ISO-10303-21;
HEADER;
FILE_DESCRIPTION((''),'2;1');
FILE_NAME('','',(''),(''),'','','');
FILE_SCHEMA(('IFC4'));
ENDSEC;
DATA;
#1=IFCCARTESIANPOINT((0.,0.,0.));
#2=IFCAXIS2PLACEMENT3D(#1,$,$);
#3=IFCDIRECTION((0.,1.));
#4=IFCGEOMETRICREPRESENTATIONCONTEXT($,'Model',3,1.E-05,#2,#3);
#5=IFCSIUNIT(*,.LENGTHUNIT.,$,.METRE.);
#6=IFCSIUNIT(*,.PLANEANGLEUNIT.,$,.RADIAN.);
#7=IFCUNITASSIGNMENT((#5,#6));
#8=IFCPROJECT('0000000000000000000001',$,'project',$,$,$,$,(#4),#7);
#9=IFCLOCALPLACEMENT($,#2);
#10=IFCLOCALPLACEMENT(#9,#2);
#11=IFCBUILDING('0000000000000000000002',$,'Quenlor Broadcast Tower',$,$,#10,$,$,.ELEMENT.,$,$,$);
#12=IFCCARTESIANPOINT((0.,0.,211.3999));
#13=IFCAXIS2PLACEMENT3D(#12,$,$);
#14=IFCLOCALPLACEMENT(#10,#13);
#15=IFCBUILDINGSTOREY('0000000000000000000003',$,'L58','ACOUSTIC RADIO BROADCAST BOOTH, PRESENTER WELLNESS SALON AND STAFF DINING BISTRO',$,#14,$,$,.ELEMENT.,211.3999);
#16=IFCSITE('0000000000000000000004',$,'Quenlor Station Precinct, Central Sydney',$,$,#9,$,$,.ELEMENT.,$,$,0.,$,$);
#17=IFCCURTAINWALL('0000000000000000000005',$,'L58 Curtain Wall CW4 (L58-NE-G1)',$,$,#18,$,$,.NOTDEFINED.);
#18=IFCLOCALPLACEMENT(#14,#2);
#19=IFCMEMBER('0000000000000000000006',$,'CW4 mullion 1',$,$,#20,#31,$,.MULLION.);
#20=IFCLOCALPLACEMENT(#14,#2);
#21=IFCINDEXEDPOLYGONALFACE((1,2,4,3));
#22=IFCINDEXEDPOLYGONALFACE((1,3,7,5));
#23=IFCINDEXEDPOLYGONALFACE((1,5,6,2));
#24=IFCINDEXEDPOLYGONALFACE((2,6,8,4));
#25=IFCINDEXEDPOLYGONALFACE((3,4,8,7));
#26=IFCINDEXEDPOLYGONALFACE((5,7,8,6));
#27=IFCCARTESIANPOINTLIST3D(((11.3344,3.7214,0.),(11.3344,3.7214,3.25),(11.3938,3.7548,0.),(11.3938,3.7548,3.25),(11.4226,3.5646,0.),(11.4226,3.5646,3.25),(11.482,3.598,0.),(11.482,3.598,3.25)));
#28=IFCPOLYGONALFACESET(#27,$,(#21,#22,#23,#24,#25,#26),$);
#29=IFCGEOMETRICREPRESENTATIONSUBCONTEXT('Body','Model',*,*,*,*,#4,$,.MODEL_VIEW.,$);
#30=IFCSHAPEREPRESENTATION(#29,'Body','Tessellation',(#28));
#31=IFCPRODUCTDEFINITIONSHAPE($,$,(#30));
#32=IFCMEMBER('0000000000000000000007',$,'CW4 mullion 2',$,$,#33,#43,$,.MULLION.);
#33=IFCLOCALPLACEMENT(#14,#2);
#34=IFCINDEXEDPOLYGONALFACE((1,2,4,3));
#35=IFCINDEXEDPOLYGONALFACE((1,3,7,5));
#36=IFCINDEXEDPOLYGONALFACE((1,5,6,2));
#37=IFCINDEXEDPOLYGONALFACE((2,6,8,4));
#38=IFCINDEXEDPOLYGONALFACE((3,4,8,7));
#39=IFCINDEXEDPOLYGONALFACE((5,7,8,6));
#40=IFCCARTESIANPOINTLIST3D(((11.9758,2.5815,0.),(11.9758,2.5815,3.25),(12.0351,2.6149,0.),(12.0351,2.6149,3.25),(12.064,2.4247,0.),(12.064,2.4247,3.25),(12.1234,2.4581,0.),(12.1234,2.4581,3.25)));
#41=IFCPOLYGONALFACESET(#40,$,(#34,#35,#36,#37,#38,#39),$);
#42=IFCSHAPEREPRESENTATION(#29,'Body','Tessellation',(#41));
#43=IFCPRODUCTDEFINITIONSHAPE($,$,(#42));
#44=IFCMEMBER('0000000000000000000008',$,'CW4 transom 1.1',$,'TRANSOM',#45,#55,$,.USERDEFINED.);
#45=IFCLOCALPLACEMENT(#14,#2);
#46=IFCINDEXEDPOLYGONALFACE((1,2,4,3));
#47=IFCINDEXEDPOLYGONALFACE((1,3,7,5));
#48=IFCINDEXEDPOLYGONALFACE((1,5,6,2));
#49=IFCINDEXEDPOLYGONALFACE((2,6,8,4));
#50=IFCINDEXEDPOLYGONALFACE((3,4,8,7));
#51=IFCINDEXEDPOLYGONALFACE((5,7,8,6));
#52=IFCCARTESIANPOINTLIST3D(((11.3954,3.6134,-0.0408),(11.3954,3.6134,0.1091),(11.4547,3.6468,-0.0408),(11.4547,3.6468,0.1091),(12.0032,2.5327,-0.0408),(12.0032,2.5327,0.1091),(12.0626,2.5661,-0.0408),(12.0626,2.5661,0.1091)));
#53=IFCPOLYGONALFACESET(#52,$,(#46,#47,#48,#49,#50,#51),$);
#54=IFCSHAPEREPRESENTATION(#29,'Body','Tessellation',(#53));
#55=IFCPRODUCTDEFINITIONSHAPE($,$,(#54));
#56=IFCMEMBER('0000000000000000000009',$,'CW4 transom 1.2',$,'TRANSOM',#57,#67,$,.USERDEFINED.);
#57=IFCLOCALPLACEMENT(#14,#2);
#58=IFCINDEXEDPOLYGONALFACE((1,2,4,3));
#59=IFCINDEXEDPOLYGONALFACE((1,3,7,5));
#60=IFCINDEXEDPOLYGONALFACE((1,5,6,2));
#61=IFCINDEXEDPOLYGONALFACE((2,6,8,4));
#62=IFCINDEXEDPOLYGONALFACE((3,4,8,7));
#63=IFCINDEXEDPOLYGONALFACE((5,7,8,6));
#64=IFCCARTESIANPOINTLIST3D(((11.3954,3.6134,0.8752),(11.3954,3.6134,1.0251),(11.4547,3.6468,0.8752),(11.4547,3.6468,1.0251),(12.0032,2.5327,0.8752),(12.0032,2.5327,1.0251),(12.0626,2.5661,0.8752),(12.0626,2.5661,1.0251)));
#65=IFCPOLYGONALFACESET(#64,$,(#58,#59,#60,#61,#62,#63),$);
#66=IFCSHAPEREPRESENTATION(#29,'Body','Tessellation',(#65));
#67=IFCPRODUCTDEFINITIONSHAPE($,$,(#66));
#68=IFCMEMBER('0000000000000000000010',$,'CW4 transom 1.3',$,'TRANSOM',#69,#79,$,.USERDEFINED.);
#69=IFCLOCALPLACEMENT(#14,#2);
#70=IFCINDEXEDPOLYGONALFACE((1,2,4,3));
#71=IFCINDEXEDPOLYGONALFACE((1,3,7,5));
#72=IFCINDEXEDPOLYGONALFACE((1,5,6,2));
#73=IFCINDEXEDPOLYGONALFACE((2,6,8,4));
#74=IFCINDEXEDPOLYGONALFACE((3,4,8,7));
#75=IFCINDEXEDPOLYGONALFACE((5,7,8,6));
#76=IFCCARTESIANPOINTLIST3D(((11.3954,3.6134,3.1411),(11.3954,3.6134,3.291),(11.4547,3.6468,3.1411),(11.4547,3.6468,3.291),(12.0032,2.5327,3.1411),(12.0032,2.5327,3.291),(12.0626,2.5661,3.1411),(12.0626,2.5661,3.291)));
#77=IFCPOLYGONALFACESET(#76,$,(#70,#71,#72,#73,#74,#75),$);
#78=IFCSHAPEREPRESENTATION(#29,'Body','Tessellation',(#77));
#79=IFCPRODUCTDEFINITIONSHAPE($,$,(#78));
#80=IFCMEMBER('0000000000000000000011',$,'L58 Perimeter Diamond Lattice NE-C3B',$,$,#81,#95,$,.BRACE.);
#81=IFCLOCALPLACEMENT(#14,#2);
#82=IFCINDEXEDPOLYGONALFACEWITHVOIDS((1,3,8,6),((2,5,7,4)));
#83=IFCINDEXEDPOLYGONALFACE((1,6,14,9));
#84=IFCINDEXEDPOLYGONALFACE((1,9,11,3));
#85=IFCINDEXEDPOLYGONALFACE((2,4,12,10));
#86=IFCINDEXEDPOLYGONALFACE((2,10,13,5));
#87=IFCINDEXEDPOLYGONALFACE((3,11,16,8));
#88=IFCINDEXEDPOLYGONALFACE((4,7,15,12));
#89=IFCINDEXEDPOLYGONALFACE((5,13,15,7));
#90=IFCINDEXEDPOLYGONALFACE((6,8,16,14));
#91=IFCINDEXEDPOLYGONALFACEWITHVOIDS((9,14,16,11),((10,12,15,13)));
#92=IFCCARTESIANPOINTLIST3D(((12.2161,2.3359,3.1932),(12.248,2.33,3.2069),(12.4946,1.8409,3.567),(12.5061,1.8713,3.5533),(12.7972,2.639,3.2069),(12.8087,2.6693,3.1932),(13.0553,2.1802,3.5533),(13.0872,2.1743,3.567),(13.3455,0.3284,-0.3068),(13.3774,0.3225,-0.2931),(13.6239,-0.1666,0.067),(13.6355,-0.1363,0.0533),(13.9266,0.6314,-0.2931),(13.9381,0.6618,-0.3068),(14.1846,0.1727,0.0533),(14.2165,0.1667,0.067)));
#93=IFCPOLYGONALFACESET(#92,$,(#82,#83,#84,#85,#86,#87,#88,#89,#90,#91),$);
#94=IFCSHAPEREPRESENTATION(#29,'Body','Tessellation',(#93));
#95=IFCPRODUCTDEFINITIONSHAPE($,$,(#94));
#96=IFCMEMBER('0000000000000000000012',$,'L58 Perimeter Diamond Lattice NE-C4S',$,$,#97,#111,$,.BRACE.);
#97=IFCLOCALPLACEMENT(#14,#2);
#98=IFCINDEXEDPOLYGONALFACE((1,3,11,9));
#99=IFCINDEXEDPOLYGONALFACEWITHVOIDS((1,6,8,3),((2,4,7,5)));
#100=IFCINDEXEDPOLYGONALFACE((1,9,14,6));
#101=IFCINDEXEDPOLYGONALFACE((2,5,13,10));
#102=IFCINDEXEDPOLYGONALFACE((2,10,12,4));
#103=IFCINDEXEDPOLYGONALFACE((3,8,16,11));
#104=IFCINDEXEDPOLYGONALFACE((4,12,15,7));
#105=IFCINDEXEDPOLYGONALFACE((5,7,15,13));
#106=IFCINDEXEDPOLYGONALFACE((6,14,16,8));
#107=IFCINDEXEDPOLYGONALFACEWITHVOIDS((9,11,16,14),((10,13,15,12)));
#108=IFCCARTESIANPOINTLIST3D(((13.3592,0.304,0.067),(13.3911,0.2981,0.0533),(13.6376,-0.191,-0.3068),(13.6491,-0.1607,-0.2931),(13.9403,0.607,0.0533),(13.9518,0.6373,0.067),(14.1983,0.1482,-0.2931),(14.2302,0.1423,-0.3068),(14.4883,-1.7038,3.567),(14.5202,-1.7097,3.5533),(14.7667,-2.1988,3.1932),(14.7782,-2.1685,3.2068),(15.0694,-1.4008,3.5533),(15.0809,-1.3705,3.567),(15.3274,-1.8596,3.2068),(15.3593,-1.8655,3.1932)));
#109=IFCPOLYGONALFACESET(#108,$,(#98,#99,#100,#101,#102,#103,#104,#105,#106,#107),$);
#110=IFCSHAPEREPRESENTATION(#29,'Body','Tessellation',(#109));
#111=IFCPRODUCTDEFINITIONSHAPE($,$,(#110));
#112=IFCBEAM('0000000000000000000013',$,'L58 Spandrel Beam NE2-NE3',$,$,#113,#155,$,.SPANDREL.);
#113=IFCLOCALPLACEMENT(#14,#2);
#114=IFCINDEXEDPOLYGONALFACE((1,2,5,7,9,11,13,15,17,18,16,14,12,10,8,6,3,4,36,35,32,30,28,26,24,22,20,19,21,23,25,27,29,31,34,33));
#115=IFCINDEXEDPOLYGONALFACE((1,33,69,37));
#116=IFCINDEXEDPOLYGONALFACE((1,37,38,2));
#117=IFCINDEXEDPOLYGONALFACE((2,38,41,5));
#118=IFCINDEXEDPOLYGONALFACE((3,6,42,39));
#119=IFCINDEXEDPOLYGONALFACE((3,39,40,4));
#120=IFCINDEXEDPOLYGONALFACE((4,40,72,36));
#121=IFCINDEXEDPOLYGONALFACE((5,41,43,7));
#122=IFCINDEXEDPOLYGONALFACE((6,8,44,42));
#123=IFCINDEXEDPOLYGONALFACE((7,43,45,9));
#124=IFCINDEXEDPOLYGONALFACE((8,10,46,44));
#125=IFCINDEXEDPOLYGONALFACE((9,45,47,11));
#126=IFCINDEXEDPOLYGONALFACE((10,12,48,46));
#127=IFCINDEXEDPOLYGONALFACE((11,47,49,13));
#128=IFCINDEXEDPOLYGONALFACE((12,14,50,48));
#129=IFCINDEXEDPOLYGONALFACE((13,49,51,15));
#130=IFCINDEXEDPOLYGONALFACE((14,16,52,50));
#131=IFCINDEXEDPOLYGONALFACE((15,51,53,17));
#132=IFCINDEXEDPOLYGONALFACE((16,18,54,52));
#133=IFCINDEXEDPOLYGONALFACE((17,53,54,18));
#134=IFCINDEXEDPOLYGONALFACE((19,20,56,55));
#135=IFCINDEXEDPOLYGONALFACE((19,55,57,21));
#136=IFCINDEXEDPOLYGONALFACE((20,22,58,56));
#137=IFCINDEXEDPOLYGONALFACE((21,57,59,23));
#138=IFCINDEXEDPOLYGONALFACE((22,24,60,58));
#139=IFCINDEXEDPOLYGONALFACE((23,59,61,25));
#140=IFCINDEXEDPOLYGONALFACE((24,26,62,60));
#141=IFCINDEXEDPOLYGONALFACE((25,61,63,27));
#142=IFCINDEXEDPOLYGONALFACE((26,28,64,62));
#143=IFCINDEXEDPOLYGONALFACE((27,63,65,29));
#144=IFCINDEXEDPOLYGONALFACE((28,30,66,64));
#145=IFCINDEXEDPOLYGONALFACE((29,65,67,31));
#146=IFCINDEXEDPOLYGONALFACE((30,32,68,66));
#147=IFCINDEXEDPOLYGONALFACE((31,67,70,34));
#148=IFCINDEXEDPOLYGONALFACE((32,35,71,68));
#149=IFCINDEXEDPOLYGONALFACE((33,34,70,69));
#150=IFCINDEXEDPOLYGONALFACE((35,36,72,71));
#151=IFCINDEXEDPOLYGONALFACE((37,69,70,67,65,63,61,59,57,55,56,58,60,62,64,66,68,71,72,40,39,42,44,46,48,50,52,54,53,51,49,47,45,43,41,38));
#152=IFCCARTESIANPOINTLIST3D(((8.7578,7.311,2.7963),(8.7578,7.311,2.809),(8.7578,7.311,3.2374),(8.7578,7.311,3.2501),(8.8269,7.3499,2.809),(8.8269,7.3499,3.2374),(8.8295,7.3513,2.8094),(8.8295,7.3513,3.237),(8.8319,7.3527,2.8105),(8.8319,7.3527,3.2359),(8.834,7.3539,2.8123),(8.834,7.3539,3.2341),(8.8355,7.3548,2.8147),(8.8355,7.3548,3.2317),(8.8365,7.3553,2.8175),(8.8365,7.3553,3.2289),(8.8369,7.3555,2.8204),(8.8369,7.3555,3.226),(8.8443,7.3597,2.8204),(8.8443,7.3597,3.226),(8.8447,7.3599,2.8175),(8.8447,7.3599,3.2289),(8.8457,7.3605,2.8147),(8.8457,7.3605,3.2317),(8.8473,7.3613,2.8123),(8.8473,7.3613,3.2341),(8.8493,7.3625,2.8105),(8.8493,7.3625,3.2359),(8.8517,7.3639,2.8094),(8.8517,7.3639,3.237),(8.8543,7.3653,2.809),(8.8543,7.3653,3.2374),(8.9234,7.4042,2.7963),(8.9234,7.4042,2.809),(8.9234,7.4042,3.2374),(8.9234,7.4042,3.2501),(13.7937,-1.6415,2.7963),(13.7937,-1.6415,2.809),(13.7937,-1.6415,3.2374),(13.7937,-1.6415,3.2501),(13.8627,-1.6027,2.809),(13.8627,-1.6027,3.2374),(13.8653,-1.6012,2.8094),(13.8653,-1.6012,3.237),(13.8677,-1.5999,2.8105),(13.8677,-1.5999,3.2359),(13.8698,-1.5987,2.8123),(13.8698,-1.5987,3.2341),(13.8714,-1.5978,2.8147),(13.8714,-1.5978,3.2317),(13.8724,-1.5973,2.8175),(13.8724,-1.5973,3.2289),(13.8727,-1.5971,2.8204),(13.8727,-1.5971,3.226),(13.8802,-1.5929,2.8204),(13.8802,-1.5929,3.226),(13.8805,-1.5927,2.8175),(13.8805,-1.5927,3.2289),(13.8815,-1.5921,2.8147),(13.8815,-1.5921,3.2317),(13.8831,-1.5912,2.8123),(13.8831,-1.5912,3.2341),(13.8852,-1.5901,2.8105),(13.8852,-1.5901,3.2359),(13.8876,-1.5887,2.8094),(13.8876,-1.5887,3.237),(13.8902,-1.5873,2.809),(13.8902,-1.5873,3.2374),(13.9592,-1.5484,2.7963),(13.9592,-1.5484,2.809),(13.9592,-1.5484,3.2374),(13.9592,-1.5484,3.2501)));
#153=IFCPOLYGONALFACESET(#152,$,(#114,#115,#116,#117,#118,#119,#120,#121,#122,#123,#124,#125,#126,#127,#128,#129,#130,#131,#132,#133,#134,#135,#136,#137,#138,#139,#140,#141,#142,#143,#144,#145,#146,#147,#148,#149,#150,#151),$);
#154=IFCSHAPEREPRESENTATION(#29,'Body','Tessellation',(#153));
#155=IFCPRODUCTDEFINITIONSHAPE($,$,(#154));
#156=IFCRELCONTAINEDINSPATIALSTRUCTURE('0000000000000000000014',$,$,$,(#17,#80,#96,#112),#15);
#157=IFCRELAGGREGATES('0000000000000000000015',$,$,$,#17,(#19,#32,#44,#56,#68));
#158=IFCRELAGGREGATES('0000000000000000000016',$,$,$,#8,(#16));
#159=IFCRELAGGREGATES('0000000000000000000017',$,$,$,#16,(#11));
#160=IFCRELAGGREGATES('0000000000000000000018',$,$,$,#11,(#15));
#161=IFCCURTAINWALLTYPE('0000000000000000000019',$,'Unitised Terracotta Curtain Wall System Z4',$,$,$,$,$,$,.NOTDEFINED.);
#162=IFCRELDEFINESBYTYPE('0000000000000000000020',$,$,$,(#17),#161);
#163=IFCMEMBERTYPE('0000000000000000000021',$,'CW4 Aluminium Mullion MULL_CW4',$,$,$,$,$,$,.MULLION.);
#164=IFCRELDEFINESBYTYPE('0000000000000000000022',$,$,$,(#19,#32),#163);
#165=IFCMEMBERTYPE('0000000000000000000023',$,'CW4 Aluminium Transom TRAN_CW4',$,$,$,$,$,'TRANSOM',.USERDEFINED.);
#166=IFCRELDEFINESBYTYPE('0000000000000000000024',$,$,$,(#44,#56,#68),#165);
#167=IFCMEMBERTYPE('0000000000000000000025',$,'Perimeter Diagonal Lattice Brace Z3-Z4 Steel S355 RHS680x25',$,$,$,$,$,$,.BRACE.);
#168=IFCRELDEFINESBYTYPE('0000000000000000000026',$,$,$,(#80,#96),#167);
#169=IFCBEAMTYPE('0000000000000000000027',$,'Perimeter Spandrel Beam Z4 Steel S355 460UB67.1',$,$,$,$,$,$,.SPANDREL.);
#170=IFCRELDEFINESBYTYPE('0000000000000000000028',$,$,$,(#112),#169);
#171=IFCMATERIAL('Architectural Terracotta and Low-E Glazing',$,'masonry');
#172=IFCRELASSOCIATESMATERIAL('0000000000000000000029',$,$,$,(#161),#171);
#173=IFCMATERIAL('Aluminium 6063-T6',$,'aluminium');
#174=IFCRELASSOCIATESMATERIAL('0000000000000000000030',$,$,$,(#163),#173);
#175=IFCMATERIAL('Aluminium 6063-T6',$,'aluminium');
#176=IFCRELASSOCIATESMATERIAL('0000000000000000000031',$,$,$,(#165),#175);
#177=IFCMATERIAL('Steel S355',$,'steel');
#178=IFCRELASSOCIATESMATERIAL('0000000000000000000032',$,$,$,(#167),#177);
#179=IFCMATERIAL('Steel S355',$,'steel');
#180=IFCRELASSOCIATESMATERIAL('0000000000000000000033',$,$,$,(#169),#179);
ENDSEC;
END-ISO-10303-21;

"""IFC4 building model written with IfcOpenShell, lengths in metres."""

from ifc_helpers import new_model, si_unit, direction, frame, origin, origin_2d, place, context, subcontext, project, spatial, rectangle, hollow_rectangle, i_section, extrude, material, material_profile, profile_set, type_object, element, aggregate, save


model = new_model("IFC4")

# Units and contexts
model_context = context("Model", 3, precision=1e-05, world=origin(), true_north=direction((0.0, 1.0)))
body_context = subcontext(model_context, "Body", "Model", "MODEL_VIEW")
ifc_project = project(units=[si_unit("LENGTHUNIT", "METRE"), si_unit("PLANEANGLEUNIT", "RADIAN")], contexts=[model_context])

# Site, building, storey
site_placement = place(None, origin())
site = spatial("IfcSite", under=ifc_project, at=site_placement, Name="Quenlor Station Precinct, Central Sydney", CompositionType="ELEMENT", RefElevation=0.0)
building_placement = place(site_placement, origin())
building = spatial("IfcBuilding", under=site, at=building_placement, Name="Quenlor Broadcast Tower", CompositionType="ELEMENT")
storey_placement = place(building_placement, frame((0.0, 0.0, 211.3999)))
storey = spatial("IfcBuildingStorey", under=building, at=storey_placement, Name="L58", Description="ACOUSTIC RADIO BROADCAST BOOTH, PRESENTER WELLNESS SALON AND STAFF DINING BISTRO", CompositionType="ELEMENT", Elevation=211.3999)

# Curtain wall, members
ifc_material_1 = material(Name="Architectural Terracotta and Low-E Glazing", Category="masonry")
curtain_wall_type = type_object("IfcCurtainWallType", Name="Unitised Terracotta Curtain Wall System Z4", PredefinedType="NOTDEFINED", material=ifc_material_1)
curtain_wall_placement = place(storey_placement, origin())
curtain_wall = element("IfcCurtainWall", 1, at=curtain_wall_placement, inside=storey, type_object=curtain_wall_type, Name="L58 Curtain Wall CW4 (L58-NE-G1)", PredefinedType="NOTDEFINED")
ifc_material_2 = material(Name="Aluminium 6063-T6", Category="aluminium")
ifc_material_profile_1 = material_profile(ifc_material_2, rectangle(XDim=0.0681, YDim=0.1799, at=origin_2d()))
ifc_profile_set_1 = profile_set([ifc_material_profile_1], Name="Aluminium 6063-T6 MULL68x180")
member_type_1 = type_object("IfcMemberType", Name="CW4 Aluminium Mullion MULL_CW4", PredefinedType="MULLION", material=ifc_profile_set_1)
member_1_placement = place(storey_placement, frame((11.4082, 3.6597, 0.0), z_axis=(0.0, 0.0, 1.0), x_axis=(0.87156, 0.490289, 0.0)))
member_1 = element("IfcMember", 2, at=member_1_placement, type_object=member_type_1, Name="CW4 mullion 1", PredefinedType="MULLION", context=body_context, shape_type="SweptSolid", body=[
    extrude(rectangle(XDim=0.0681, YDim=0.1799, at=origin_2d()), origin(), (0.0, 0.0, 1.0), 3.25),
])
member_2_placement = place(storey_placement, frame((12.0496, 2.5198, 0.0), z_axis=(0.0, 0.0, 1.0), x_axis=(0.87156, 0.490289, 0.0)))
member_2 = element("IfcMember", 3, at=member_2_placement, type_object=member_type_1, Name="CW4 mullion 2", PredefinedType="MULLION", context=body_context, shape_type="SweptSolid", body=[
    extrude(rectangle(XDim=0.0681, YDim=0.1799, at=origin_2d()), origin(), (0.0, 0.0, 1.0), 3.25),
])
ifc_material_3 = material(Name="Aluminium 6063-T6", Category="aluminium")
ifc_material_profile_2 = material_profile(ifc_material_3, rectangle(XDim=0.0681, YDim=0.1499, at=origin_2d()))
ifc_profile_set_2 = profile_set([ifc_material_profile_2], Name="Aluminium 6063-T6 TRAN68x150")
member_type_2 = type_object("IfcMemberType", Name="CW4 Aluminium Transom TRAN_CW4", ElementType="TRANSOM", PredefinedType="USERDEFINED", material=ifc_profile_set_2)
member_3_placement = place(storey_placement, frame((11.425, 3.6301, 0.0342), z_axis=(0.490233, -0.871591, 0.0), x_axis=(0.871591, 0.490233, 0.0)))
member_3 = element("IfcMember", 4, at=member_3_placement, type_object=member_type_2, Name="CW4 transom 1.1", ObjectType="TRANSOM", PredefinedType="USERDEFINED", context=body_context, shape_type="SweptSolid", body=[
    extrude(rectangle(XDim=0.0681, YDim=0.1499, at=origin_2d()), origin(), (0.0, 0.0, 1.0), 1.24),
])
member_4_placement = place(storey_placement, frame((11.425, 3.6301, 0.9502), z_axis=(0.490233, -0.871591, 0.0), x_axis=(0.871591, 0.490233, 0.0)))
member_4 = element("IfcMember", 5, at=member_4_placement, type_object=member_type_2, Name="CW4 transom 1.2", ObjectType="TRANSOM", PredefinedType="USERDEFINED", context=body_context, shape_type="SweptSolid", body=[
    extrude(rectangle(XDim=0.0681, YDim=0.1499, at=origin_2d()), origin(), (0.0, 0.0, 1.0), 1.24),
])
member_5_placement = place(storey_placement, frame((11.425, 3.6301, 3.2161), z_axis=(0.490233, -0.871591, 0.0), x_axis=(0.871591, 0.490233, 0.0)))
member_5 = element("IfcMember", 6, at=member_5_placement, type_object=member_type_2, Name="CW4 transom 1.3", ObjectType="TRANSOM", PredefinedType="USERDEFINED", context=body_context, shape_type="SweptSolid", body=[
    extrude(rectangle(XDim=0.0681, YDim=0.1499, at=origin_2d()), origin(), (0.0, 0.0, 1.0), 1.24),
])

# Members
ifc_material_4 = material(Name="Steel S355", Category="steel")
ifc_material_profile_3 = material_profile(ifc_material_4, hollow_rectangle(XDim=0.6799, YDim=0.6799, WallThickness=0.0249, at=origin_2d()))
ifc_profile_set_3 = profile_set([ifc_material_profile_3], Name="Steel S355 RHS680x680x25")
member_type_3 = type_object("IfcMemberType", Name="Perimeter Diagonal Lattice Brace Z3-Z4 Steel S355 RHS680x25", PredefinedType="BRACE", material=ifc_profile_set_3)
for number, where, z_axis, x_axis, name in (
    (7, (13.781, 0.2476, -0.1199), (-0.269547, 0.479136, 0.835328), (-0.87155, -0.490307, 0.0), "L58 Perimeter Diamond Lattice NE-C3B"),
    (8, (13.7947, 0.2231, -0.1199), (0.269485, -0.479189, 0.835318), (0.871621, 0.490181, 0.0), "L58 Perimeter Diamond Lattice NE-C4S"),
):
    element("IfcMember", number, at=place(storey_placement, frame(where, z_axis=z_axis, x_axis=x_axis)), inside=storey, type_object=member_type_3, Name=name, PredefinedType="BRACE", context=body_context, shape_type="SweptSolid", body=[
        extrude(hollow_rectangle(XDim=0.6799, YDim=0.6799, WallThickness=0.0249, at=origin_2d()), origin(), (0.0, 0.0, 1.0), 4.1899),
    ])

# Beam
ifc_material_5 = material(Name="Steel S355", Category="steel")
ifc_material_profile_4 = material_profile(ifc_material_5, i_section(OverallWidth=0.1899, OverallDepth=0.4539, WebThickness=0.0085, FlangeThickness=0.0127, FilletRadius=0.0115, at=origin_2d()))
ifc_profile_set_4 = profile_set([ifc_material_profile_4], Name="Steel S355 460UB67.1")
beam_type_1 = type_object("IfcBeamType", Name="Perimeter Spandrel Beam Z4 Steel S355 460UB67.1", PredefinedType="SPANDREL", material=ifc_profile_set_4)
beam_1_placement = place(storey_placement, frame((13.8765, -1.595, 3.0232), z_axis=(-0.490263, 0.871574, 0.0), x_axis=(-0.871574, -0.490263, 0.0)))
element("IfcBeam", 9, at=beam_1_placement, inside=storey, type_object=beam_type_1, Name="L58 Spandrel Beam NE2-NE3", PredefinedType="SPANDREL", context=body_context, shape_type="SweptSolid", body=[
    extrude(i_section(OverallWidth=0.1899, OverallDepth=0.4539, WebThickness=0.0085, FlangeThickness=0.0127, FilletRadius=0.0115, at=origin_2d()), origin(), (0.0, 0.0, 1.0), 10.2717),
])

aggregate(curtain_wall, [member_1, member_2, member_3, member_4, member_5])

save(model, "model.ifc")
